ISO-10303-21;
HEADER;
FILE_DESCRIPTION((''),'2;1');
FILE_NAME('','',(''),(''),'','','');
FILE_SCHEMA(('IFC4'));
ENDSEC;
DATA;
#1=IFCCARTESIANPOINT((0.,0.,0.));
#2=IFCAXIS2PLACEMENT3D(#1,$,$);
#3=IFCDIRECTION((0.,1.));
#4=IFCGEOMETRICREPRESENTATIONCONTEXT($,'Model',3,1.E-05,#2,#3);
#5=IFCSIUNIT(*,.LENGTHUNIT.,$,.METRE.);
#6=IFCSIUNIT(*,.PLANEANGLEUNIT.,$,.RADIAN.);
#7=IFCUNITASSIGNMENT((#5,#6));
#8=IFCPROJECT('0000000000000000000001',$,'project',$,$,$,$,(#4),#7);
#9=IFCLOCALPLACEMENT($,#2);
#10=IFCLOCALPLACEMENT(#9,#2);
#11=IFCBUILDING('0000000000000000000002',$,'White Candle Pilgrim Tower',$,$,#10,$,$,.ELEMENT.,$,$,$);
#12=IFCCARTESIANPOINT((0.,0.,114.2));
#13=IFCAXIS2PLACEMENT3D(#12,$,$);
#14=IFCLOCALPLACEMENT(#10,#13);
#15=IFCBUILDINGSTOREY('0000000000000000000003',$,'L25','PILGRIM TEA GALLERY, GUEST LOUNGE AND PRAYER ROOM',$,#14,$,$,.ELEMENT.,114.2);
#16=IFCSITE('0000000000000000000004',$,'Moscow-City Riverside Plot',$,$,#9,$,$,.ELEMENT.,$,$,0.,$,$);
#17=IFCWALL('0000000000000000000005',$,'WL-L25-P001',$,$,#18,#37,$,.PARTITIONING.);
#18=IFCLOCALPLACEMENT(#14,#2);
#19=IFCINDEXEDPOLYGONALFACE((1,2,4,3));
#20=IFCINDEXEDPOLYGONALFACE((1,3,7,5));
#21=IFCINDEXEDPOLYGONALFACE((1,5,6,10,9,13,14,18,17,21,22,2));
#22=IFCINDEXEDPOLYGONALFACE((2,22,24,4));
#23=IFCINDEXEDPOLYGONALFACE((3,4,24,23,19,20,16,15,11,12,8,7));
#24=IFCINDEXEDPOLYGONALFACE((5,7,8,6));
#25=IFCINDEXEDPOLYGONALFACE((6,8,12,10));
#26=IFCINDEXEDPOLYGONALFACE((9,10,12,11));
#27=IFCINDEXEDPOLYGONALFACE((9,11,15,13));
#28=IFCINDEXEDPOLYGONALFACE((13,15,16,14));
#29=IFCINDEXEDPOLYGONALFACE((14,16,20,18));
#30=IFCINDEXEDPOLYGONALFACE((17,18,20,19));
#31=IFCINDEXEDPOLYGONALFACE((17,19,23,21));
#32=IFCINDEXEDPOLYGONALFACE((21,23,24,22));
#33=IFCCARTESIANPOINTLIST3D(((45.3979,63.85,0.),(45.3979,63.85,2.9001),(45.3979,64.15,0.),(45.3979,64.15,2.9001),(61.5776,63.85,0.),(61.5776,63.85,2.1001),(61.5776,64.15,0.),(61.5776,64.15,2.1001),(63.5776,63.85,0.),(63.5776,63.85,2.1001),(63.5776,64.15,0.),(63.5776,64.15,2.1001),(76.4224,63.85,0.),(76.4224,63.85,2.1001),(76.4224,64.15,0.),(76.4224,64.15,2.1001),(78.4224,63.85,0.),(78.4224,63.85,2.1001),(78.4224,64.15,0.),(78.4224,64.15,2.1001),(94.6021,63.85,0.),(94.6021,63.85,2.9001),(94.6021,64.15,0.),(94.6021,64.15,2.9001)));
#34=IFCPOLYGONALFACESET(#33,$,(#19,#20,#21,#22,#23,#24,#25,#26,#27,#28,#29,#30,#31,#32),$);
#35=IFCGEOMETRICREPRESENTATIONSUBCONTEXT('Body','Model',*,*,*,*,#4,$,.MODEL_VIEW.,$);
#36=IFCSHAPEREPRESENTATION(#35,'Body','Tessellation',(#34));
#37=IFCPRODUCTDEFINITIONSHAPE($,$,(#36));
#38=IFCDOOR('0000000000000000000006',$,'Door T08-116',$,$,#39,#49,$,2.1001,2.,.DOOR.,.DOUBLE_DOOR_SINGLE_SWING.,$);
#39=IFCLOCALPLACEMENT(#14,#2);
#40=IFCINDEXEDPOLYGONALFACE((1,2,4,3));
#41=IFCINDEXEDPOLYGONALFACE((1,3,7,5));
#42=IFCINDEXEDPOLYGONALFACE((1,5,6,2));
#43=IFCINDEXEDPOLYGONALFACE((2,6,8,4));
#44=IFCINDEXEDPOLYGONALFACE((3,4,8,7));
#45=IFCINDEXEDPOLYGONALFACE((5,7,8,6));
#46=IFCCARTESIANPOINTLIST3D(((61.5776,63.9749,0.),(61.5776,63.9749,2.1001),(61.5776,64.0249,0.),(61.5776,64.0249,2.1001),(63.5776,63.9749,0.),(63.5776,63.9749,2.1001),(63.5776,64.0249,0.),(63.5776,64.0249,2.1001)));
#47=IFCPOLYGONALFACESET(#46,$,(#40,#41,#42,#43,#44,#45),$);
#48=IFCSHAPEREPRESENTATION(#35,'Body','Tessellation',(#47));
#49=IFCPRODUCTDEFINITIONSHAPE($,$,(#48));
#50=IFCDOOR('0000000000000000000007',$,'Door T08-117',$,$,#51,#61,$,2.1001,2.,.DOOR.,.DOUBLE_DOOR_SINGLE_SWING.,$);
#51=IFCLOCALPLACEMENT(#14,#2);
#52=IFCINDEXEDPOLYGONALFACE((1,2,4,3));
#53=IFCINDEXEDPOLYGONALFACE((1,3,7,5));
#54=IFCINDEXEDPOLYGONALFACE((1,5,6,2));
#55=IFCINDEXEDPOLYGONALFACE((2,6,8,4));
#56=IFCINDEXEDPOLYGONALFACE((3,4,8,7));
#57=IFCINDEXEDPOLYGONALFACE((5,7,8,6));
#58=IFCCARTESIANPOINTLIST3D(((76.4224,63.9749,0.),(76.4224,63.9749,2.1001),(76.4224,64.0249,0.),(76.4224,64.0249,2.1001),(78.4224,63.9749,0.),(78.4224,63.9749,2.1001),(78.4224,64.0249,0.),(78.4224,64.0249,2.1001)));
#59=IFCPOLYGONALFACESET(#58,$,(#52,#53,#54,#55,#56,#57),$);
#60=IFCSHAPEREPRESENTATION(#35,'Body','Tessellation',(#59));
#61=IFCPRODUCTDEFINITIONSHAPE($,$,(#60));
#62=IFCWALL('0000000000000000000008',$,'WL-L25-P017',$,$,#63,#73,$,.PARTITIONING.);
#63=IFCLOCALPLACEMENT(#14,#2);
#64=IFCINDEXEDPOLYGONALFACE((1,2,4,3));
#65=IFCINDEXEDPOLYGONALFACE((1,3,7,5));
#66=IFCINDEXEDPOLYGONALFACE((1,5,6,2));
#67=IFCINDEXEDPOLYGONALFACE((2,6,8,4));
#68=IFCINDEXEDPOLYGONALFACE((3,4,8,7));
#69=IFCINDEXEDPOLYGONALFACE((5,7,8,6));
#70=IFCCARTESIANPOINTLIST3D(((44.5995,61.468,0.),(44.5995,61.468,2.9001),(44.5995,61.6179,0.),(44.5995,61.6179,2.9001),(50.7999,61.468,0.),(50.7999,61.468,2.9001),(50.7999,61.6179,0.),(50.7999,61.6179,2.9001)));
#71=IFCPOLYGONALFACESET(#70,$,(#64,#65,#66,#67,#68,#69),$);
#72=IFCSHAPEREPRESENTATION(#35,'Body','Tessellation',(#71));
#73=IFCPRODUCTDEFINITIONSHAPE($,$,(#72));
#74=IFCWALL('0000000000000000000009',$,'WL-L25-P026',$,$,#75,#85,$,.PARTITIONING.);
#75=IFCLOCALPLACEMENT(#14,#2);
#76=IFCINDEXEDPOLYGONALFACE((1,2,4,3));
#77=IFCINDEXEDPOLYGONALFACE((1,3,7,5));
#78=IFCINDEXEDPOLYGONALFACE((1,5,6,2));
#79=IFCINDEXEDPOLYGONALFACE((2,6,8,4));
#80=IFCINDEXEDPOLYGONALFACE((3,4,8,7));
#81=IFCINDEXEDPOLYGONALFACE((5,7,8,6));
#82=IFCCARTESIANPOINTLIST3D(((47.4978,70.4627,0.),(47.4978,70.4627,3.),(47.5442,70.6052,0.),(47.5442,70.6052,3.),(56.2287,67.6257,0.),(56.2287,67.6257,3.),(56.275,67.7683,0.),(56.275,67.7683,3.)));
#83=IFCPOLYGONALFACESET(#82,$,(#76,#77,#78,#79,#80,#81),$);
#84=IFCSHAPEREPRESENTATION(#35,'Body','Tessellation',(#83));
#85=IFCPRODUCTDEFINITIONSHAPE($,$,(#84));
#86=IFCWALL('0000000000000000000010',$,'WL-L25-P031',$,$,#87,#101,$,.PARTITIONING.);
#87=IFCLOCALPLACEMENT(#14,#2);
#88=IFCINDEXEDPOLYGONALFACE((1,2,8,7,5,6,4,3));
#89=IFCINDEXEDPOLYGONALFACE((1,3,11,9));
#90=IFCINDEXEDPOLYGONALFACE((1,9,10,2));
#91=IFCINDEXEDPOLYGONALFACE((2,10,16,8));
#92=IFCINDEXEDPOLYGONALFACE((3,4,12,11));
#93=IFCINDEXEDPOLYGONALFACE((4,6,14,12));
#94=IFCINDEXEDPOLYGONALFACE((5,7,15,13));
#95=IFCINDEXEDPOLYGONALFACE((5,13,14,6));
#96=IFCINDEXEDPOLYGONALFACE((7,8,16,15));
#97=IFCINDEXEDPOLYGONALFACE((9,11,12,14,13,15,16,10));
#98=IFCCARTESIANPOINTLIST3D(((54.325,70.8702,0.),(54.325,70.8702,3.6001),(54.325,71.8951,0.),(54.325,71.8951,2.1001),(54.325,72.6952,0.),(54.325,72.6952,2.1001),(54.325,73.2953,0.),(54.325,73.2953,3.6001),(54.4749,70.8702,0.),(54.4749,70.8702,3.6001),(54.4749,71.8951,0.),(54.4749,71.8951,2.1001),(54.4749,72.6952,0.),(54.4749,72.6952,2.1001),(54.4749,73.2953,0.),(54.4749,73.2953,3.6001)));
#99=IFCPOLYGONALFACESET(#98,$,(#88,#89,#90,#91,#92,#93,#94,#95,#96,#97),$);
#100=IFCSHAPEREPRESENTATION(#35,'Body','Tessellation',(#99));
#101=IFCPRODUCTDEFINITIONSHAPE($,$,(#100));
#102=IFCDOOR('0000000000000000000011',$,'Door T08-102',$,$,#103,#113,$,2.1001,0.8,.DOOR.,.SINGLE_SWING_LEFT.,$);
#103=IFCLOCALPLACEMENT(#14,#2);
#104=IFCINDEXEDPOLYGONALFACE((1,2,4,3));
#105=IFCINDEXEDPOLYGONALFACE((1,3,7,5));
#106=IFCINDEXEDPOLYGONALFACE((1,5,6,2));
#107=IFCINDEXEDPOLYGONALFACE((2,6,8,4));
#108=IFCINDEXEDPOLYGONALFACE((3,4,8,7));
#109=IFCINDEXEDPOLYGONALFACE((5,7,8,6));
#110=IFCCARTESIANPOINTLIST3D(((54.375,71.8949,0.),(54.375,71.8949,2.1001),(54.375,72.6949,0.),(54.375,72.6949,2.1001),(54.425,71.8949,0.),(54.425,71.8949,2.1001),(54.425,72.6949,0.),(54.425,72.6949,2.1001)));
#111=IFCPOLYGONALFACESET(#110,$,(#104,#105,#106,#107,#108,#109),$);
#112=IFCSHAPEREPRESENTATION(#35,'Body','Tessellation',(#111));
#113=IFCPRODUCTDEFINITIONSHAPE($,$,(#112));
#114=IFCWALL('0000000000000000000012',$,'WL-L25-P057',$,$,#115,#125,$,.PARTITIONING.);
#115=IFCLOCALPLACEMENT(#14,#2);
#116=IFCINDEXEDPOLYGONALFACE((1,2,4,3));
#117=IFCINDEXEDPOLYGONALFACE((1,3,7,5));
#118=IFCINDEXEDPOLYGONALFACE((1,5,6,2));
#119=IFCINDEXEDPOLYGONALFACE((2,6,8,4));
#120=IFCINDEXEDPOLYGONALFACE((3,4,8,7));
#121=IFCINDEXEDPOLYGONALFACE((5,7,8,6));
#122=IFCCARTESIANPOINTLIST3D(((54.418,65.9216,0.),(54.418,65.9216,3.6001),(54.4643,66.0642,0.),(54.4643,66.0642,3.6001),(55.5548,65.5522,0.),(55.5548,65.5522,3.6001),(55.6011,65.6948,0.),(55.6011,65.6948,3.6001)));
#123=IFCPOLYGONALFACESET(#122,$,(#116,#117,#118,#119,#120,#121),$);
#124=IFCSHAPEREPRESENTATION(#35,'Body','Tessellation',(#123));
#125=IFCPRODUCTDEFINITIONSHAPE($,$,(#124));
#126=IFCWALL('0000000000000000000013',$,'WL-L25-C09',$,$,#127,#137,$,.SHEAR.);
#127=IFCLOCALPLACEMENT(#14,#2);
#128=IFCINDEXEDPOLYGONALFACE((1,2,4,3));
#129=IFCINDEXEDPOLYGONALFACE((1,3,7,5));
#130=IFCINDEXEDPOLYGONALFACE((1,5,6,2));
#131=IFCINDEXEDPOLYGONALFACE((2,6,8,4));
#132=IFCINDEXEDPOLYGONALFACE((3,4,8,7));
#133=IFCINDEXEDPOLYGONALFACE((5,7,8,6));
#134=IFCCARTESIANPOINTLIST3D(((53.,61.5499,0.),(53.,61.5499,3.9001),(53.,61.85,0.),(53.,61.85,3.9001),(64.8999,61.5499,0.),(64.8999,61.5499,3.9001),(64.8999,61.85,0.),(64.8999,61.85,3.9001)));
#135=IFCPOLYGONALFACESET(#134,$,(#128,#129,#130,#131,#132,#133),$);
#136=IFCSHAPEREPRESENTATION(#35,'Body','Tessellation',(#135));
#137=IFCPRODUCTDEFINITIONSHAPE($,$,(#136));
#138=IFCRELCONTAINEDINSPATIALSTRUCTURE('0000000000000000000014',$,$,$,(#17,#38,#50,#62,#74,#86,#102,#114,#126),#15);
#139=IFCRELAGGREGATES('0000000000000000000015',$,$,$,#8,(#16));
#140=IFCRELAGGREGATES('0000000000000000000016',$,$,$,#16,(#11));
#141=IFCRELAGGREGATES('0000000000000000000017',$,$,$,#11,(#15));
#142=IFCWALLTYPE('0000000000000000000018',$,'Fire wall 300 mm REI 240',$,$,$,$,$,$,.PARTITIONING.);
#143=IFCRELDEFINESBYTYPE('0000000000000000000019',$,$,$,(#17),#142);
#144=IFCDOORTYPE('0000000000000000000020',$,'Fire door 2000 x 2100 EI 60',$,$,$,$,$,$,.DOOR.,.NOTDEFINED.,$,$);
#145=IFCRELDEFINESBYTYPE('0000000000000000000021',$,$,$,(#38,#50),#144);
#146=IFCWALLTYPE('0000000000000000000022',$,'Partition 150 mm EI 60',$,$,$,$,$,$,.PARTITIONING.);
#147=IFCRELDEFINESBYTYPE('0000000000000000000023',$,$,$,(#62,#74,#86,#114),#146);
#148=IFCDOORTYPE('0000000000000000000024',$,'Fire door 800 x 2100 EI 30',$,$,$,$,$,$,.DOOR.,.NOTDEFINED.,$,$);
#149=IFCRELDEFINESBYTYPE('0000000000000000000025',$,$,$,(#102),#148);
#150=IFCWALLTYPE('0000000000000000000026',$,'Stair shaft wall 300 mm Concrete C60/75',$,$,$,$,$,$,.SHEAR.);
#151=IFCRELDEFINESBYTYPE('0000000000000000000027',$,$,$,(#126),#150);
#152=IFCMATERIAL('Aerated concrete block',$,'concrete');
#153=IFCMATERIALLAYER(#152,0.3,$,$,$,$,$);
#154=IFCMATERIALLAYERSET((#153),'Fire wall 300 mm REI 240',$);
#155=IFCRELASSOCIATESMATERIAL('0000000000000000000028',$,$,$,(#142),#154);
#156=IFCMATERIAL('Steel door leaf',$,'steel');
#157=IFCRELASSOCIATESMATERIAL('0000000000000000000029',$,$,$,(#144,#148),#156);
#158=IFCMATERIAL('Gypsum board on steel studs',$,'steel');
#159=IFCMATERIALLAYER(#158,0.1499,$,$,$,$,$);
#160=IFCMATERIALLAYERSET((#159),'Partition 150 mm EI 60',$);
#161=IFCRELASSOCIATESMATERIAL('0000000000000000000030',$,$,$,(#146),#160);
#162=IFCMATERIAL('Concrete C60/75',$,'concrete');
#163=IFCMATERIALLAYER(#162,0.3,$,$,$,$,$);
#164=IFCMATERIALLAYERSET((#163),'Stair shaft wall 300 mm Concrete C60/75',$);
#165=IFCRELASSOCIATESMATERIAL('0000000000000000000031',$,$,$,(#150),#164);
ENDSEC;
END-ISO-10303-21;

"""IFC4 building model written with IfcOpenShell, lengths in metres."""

from ifc_helpers import new_model, si_unit, direction, frame, frame_2d, origin, place, context, subcontext, project, spatial, rectangle, extrude, material, layer, layer_set, type_object, element, fill, save


model = new_model("IFC4")

# Units and contexts
model_context = context("Model", 3, precision=1e-05, world=origin(), true_north=direction((0.0, 1.0)))
body_context = subcontext(model_context, "Body", "Model", "MODEL_VIEW")
ifc_project = project(units=[si_unit("LENGTHUNIT", "METRE"), si_unit("PLANEANGLEUNIT", "RADIAN")], contexts=[model_context])

# Site, building, storey
site_placement = place(None, origin())
site = spatial("IfcSite", under=ifc_project, at=site_placement, Name="Moscow-City Riverside Plot", CompositionType="ELEMENT", RefElevation=0.0)
building_placement = place(site_placement, origin())
building = spatial("IfcBuilding", under=site, at=building_placement, Name="White Candle Pilgrim Tower", CompositionType="ELEMENT")
storey_placement = place(building_placement, frame((0.0, 0.0, 114.2)))
storey = spatial("IfcBuildingStorey", under=building, at=storey_placement, Name="L25", Description="PILGRIM TEA GALLERY, GUEST LOUNGE AND PRAYER ROOM", CompositionType="ELEMENT", Elevation=114.2)

# Wall, openings, doors
ifc_material_1 = material(Name="Aerated concrete block", Category="concrete")
ifc_layer_1 = layer(ifc_material_1, 0.3)
ifc_layer_set_1 = layer_set([ifc_layer_1], Name="Fire wall 300 mm REI 240")
wall_type_1 = type_object("IfcWallType", Name="Fire wall 300 mm REI 240", PredefinedType="PARTITIONING", material=ifc_layer_set_1)
wall_1_placement = place(storey_placement, frame((45.3979, 64.0, 0.0), z_axis=(0.0, 0.0, 1.0), x_axis=(1.0, 0.0, 0.0)))
wall_1 = element("IfcWall", 1, at=wall_1_placement, inside=storey, type_object=wall_type_1, Name="WL-L25-P001", PredefinedType="PARTITIONING", context=body_context, shape_type="SweptSolid", body=[
    extrude(rectangle(XDim=49.2041, YDim=0.3, at=frame_2d((24.6021, 0.0))), origin(), (0.0, 0.0, 1.0), 2.9001),
])
opening_1_placement = place(wall_1_placement, frame((16.1797, 0.0, 0.0)))
opening_1 = element("IfcOpeningElement", 2, at=opening_1_placement, cuts=wall_1, PredefinedType="OPENING", context=body_context, shape_type="SweptSolid", body=[
    extrude(rectangle(XDim=2.0, YDim=2.1001, at=frame_2d((1.0, 1.05))), frame((0.0, 0.1599, 0.0), z_axis=(0.0, -1.0, 0.0), x_axis=(1.0, 0.0, 0.0)), (0.0, 0.0, 1.0), 0.3201),
])
opening_2_placement = place(wall_1_placement, frame((31.0244, 0.0, 0.0)))
opening_2 = element("IfcOpeningElement", 3, at=opening_2_placement, cuts=wall_1, PredefinedType="OPENING", context=body_context, shape_type="SweptSolid", body=[
    extrude(rectangle(XDim=2.0, YDim=2.1001, at=frame_2d((1.0, 1.05))), frame((0.0, 0.1599, 0.0), z_axis=(0.0, -1.0, 0.0), x_axis=(1.0, 0.0, 0.0)), (0.0, 0.0, 1.0), 0.3201),
])
ifc_material_2 = material(Name="Steel door leaf", Category="steel")
door_type_1 = type_object("IfcDoorType", Name="Fire door 2000 x 2100 EI 60", OperationType="NOTDEFINED", PredefinedType="DOOR", material=ifc_material_2)
door_1_placement = place(opening_1_placement, origin())
door_1 = element("IfcDoor", 4, at=door_1_placement, inside=storey, type_object=door_type_1, Name="Door T08-116", OperationType="DOUBLE_DOOR_SINGLE_SWING", OverallHeight=2.1001, OverallWidth=2.0, PredefinedType="DOOR", context=body_context, shape_type="SweptSolid", body=[
    extrude(rectangle(XDim=2.0, YDim=2.1001, at=frame_2d((1.0, 1.05))), frame((0.0, 0.0249, 0.0), z_axis=(0.0, -1.0, 0.0), x_axis=(1.0, 0.0, 0.0)), (0.0, 0.0, 1.0), 0.05),
])
fill(opening_1, door_1)
door_2_placement = place(opening_2_placement, origin())
door_2 = element("IfcDoor", 5, at=door_2_placement, inside=storey, type_object=door_type_1, Name="Door T08-117", OperationType="DOUBLE_DOOR_SINGLE_SWING", OverallHeight=2.1001, OverallWidth=2.0, PredefinedType="DOOR", context=body_context, shape_type="SweptSolid", body=[
    extrude(rectangle(XDim=2.0, YDim=2.1001, at=frame_2d((1.0, 1.05))), frame((0.0, 0.0249, 0.0), z_axis=(0.0, -1.0, 0.0), x_axis=(1.0, 0.0, 0.0)), (0.0, 0.0, 1.0), 0.05),
])
fill(opening_2, door_2)

# Walls
ifc_material_3 = material(Name="Gypsum board on steel studs", Category="steel")
ifc_layer_2 = layer(ifc_material_3, 0.1499)
ifc_layer_set_2 = layer_set([ifc_layer_2], Name="Partition 150 mm EI 60")
wall_type_2 = type_object("IfcWallType", Name="Partition 150 mm EI 60", PredefinedType="PARTITIONING", material=ifc_layer_set_2)
wall_2_placement = place(storey_placement, frame((44.5996, 61.543, 0.0), z_axis=(0.0, 0.0, 1.0), x_axis=(1.0, 0.0, 0.0)))
element("IfcWall", 6, at=wall_2_placement, inside=storey, type_object=wall_type_2, Name="WL-L25-P017", PredefinedType="PARTITIONING", context=body_context, shape_type="SweptSolid", body=[
    extrude(rectangle(XDim=6.2004, YDim=0.1499, at=frame_2d((3.1001, 0.0))), origin(), (0.0, 0.0, 1.0), 2.9001),
])
wall_3_placement = place(storey_placement, frame((47.521, 70.5339, 0.0), z_axis=(0.0, 0.0, 1.0), x_axis=(0.951052, -0.30903, 0.0)))
element("IfcWall", 7, at=wall_3_placement, inside=storey, type_object=wall_type_2, Name="WL-L25-P026", PredefinedType="PARTITIONING", context=body_context, shape_type="SweptSolid", body=[
    extrude(rectangle(XDim=9.1802, YDim=0.1499, at=frame_2d((4.5901, 0.0))), origin(), (0.0, 0.0, 1.0), 3.0),
])

# Wall, opening, door
wall_4_placement = place(storey_placement, frame((54.3999, 73.2952, 0.0), z_axis=(0.0, 0.0, 1.0), x_axis=(0.0, -1.0, 0.0)))
wall_4 = element("IfcWall", 8, at=wall_4_placement, inside=storey, type_object=wall_type_2, Name="WL-L25-P031", PredefinedType="PARTITIONING", context=body_context, shape_type="SweptSolid", body=[
    extrude(rectangle(XDim=2.425, YDim=0.1499, at=frame_2d((1.2124, 0.0))), origin(), (0.0, 0.0, 1.0), 3.6001),
])
opening_3_placement = place(wall_4_placement, frame((0.6001, 0.0, 0.0)))
opening_3 = element("IfcOpeningElement", 9, at=opening_3_placement, cuts=wall_4, PredefinedType="OPENING", context=body_context, shape_type="SweptSolid", body=[
    extrude(rectangle(XDim=0.8, YDim=2.1001, at=frame_2d((0.3999, 1.05))), frame((0.0, 0.085, 0.0), z_axis=(0.0, -1.0, 0.0), x_axis=(1.0, 0.0, 0.0)), (0.0, 0.0, 1.0), 0.1699),
])
door_type_2 = type_object("IfcDoorType", Name="Fire door 800 x 2100 EI 30", OperationType="NOTDEFINED", PredefinedType="DOOR", material=ifc_material_2)
door_3_placement = place(opening_3_placement, frame((0.8, 0.0, 0.0), z_axis=(0.0, 0.0, 1.0), x_axis=(-1.0, 0.0, 0.0)))
door_3 = element("IfcDoor", 10, at=door_3_placement, inside=storey, type_object=door_type_2, Name="Door T08-102", OperationType="SINGLE_SWING_LEFT", OverallHeight=2.1001, OverallWidth=0.8, PredefinedType="DOOR", context=body_context, shape_type="SweptSolid", body=[
    extrude(rectangle(XDim=0.8, YDim=2.1001, at=frame_2d((0.3999, 1.05))), frame((0.0, 0.0249, 0.0), z_axis=(0.0, -1.0, 0.0), x_axis=(1.0, 0.0, 0.0)), (0.0, 0.0, 1.0), 0.05),
])
fill(opening_3, door_3)

# Walls
wall_5_placement = place(storey_placement, frame((54.4412, 65.9929, 0.0), z_axis=(0.0, 0.0, 1.0), x_axis=(0.951046, -0.309049, 0.0)))
element("IfcWall", 11, at=wall_5_placement, inside=storey, type_object=wall_type_2, Name="WL-L25-P057", PredefinedType="PARTITIONING", context=body_context, shape_type="SweptSolid", body=[
    extrude(rectangle(XDim=1.1953, YDim=0.1499, at=frame_2d((0.5977, 0.0))), origin(), (0.0, 0.0, 1.0), 3.6001),
])
ifc_material_4 = material(Name="Concrete C60/75", Category="concrete")
ifc_layer_3 = layer(ifc_material_4, 0.3)
ifc_layer_set_3 = layer_set([ifc_layer_3], Name="Stair shaft wall 300 mm Concrete C60/75")
wall_type_3 = type_object("IfcWallType", Name="Stair shaft wall 300 mm Concrete C60/75", PredefinedType="SHEAR", material=ifc_layer_set_3)
wall_6_placement = place(storey_placement, frame((53.0, 61.7, 0.0), z_axis=(0.0, 0.0, 1.0), x_axis=(1.0, 0.0, 0.0)))
element("IfcWall", 12, at=wall_6_placement, inside=storey, type_object=wall_type_3, Name="WL-L25-C09", PredefinedType="SHEAR", context=body_context, shape_type="SweptSolid", body=[
    extrude(rectangle(XDim=11.8999, YDim=0.3, at=frame_2d((5.95, 0.0))), origin(), (0.0, 0.0, 1.0), 3.9001),
])

save(model, "model.ifc")
